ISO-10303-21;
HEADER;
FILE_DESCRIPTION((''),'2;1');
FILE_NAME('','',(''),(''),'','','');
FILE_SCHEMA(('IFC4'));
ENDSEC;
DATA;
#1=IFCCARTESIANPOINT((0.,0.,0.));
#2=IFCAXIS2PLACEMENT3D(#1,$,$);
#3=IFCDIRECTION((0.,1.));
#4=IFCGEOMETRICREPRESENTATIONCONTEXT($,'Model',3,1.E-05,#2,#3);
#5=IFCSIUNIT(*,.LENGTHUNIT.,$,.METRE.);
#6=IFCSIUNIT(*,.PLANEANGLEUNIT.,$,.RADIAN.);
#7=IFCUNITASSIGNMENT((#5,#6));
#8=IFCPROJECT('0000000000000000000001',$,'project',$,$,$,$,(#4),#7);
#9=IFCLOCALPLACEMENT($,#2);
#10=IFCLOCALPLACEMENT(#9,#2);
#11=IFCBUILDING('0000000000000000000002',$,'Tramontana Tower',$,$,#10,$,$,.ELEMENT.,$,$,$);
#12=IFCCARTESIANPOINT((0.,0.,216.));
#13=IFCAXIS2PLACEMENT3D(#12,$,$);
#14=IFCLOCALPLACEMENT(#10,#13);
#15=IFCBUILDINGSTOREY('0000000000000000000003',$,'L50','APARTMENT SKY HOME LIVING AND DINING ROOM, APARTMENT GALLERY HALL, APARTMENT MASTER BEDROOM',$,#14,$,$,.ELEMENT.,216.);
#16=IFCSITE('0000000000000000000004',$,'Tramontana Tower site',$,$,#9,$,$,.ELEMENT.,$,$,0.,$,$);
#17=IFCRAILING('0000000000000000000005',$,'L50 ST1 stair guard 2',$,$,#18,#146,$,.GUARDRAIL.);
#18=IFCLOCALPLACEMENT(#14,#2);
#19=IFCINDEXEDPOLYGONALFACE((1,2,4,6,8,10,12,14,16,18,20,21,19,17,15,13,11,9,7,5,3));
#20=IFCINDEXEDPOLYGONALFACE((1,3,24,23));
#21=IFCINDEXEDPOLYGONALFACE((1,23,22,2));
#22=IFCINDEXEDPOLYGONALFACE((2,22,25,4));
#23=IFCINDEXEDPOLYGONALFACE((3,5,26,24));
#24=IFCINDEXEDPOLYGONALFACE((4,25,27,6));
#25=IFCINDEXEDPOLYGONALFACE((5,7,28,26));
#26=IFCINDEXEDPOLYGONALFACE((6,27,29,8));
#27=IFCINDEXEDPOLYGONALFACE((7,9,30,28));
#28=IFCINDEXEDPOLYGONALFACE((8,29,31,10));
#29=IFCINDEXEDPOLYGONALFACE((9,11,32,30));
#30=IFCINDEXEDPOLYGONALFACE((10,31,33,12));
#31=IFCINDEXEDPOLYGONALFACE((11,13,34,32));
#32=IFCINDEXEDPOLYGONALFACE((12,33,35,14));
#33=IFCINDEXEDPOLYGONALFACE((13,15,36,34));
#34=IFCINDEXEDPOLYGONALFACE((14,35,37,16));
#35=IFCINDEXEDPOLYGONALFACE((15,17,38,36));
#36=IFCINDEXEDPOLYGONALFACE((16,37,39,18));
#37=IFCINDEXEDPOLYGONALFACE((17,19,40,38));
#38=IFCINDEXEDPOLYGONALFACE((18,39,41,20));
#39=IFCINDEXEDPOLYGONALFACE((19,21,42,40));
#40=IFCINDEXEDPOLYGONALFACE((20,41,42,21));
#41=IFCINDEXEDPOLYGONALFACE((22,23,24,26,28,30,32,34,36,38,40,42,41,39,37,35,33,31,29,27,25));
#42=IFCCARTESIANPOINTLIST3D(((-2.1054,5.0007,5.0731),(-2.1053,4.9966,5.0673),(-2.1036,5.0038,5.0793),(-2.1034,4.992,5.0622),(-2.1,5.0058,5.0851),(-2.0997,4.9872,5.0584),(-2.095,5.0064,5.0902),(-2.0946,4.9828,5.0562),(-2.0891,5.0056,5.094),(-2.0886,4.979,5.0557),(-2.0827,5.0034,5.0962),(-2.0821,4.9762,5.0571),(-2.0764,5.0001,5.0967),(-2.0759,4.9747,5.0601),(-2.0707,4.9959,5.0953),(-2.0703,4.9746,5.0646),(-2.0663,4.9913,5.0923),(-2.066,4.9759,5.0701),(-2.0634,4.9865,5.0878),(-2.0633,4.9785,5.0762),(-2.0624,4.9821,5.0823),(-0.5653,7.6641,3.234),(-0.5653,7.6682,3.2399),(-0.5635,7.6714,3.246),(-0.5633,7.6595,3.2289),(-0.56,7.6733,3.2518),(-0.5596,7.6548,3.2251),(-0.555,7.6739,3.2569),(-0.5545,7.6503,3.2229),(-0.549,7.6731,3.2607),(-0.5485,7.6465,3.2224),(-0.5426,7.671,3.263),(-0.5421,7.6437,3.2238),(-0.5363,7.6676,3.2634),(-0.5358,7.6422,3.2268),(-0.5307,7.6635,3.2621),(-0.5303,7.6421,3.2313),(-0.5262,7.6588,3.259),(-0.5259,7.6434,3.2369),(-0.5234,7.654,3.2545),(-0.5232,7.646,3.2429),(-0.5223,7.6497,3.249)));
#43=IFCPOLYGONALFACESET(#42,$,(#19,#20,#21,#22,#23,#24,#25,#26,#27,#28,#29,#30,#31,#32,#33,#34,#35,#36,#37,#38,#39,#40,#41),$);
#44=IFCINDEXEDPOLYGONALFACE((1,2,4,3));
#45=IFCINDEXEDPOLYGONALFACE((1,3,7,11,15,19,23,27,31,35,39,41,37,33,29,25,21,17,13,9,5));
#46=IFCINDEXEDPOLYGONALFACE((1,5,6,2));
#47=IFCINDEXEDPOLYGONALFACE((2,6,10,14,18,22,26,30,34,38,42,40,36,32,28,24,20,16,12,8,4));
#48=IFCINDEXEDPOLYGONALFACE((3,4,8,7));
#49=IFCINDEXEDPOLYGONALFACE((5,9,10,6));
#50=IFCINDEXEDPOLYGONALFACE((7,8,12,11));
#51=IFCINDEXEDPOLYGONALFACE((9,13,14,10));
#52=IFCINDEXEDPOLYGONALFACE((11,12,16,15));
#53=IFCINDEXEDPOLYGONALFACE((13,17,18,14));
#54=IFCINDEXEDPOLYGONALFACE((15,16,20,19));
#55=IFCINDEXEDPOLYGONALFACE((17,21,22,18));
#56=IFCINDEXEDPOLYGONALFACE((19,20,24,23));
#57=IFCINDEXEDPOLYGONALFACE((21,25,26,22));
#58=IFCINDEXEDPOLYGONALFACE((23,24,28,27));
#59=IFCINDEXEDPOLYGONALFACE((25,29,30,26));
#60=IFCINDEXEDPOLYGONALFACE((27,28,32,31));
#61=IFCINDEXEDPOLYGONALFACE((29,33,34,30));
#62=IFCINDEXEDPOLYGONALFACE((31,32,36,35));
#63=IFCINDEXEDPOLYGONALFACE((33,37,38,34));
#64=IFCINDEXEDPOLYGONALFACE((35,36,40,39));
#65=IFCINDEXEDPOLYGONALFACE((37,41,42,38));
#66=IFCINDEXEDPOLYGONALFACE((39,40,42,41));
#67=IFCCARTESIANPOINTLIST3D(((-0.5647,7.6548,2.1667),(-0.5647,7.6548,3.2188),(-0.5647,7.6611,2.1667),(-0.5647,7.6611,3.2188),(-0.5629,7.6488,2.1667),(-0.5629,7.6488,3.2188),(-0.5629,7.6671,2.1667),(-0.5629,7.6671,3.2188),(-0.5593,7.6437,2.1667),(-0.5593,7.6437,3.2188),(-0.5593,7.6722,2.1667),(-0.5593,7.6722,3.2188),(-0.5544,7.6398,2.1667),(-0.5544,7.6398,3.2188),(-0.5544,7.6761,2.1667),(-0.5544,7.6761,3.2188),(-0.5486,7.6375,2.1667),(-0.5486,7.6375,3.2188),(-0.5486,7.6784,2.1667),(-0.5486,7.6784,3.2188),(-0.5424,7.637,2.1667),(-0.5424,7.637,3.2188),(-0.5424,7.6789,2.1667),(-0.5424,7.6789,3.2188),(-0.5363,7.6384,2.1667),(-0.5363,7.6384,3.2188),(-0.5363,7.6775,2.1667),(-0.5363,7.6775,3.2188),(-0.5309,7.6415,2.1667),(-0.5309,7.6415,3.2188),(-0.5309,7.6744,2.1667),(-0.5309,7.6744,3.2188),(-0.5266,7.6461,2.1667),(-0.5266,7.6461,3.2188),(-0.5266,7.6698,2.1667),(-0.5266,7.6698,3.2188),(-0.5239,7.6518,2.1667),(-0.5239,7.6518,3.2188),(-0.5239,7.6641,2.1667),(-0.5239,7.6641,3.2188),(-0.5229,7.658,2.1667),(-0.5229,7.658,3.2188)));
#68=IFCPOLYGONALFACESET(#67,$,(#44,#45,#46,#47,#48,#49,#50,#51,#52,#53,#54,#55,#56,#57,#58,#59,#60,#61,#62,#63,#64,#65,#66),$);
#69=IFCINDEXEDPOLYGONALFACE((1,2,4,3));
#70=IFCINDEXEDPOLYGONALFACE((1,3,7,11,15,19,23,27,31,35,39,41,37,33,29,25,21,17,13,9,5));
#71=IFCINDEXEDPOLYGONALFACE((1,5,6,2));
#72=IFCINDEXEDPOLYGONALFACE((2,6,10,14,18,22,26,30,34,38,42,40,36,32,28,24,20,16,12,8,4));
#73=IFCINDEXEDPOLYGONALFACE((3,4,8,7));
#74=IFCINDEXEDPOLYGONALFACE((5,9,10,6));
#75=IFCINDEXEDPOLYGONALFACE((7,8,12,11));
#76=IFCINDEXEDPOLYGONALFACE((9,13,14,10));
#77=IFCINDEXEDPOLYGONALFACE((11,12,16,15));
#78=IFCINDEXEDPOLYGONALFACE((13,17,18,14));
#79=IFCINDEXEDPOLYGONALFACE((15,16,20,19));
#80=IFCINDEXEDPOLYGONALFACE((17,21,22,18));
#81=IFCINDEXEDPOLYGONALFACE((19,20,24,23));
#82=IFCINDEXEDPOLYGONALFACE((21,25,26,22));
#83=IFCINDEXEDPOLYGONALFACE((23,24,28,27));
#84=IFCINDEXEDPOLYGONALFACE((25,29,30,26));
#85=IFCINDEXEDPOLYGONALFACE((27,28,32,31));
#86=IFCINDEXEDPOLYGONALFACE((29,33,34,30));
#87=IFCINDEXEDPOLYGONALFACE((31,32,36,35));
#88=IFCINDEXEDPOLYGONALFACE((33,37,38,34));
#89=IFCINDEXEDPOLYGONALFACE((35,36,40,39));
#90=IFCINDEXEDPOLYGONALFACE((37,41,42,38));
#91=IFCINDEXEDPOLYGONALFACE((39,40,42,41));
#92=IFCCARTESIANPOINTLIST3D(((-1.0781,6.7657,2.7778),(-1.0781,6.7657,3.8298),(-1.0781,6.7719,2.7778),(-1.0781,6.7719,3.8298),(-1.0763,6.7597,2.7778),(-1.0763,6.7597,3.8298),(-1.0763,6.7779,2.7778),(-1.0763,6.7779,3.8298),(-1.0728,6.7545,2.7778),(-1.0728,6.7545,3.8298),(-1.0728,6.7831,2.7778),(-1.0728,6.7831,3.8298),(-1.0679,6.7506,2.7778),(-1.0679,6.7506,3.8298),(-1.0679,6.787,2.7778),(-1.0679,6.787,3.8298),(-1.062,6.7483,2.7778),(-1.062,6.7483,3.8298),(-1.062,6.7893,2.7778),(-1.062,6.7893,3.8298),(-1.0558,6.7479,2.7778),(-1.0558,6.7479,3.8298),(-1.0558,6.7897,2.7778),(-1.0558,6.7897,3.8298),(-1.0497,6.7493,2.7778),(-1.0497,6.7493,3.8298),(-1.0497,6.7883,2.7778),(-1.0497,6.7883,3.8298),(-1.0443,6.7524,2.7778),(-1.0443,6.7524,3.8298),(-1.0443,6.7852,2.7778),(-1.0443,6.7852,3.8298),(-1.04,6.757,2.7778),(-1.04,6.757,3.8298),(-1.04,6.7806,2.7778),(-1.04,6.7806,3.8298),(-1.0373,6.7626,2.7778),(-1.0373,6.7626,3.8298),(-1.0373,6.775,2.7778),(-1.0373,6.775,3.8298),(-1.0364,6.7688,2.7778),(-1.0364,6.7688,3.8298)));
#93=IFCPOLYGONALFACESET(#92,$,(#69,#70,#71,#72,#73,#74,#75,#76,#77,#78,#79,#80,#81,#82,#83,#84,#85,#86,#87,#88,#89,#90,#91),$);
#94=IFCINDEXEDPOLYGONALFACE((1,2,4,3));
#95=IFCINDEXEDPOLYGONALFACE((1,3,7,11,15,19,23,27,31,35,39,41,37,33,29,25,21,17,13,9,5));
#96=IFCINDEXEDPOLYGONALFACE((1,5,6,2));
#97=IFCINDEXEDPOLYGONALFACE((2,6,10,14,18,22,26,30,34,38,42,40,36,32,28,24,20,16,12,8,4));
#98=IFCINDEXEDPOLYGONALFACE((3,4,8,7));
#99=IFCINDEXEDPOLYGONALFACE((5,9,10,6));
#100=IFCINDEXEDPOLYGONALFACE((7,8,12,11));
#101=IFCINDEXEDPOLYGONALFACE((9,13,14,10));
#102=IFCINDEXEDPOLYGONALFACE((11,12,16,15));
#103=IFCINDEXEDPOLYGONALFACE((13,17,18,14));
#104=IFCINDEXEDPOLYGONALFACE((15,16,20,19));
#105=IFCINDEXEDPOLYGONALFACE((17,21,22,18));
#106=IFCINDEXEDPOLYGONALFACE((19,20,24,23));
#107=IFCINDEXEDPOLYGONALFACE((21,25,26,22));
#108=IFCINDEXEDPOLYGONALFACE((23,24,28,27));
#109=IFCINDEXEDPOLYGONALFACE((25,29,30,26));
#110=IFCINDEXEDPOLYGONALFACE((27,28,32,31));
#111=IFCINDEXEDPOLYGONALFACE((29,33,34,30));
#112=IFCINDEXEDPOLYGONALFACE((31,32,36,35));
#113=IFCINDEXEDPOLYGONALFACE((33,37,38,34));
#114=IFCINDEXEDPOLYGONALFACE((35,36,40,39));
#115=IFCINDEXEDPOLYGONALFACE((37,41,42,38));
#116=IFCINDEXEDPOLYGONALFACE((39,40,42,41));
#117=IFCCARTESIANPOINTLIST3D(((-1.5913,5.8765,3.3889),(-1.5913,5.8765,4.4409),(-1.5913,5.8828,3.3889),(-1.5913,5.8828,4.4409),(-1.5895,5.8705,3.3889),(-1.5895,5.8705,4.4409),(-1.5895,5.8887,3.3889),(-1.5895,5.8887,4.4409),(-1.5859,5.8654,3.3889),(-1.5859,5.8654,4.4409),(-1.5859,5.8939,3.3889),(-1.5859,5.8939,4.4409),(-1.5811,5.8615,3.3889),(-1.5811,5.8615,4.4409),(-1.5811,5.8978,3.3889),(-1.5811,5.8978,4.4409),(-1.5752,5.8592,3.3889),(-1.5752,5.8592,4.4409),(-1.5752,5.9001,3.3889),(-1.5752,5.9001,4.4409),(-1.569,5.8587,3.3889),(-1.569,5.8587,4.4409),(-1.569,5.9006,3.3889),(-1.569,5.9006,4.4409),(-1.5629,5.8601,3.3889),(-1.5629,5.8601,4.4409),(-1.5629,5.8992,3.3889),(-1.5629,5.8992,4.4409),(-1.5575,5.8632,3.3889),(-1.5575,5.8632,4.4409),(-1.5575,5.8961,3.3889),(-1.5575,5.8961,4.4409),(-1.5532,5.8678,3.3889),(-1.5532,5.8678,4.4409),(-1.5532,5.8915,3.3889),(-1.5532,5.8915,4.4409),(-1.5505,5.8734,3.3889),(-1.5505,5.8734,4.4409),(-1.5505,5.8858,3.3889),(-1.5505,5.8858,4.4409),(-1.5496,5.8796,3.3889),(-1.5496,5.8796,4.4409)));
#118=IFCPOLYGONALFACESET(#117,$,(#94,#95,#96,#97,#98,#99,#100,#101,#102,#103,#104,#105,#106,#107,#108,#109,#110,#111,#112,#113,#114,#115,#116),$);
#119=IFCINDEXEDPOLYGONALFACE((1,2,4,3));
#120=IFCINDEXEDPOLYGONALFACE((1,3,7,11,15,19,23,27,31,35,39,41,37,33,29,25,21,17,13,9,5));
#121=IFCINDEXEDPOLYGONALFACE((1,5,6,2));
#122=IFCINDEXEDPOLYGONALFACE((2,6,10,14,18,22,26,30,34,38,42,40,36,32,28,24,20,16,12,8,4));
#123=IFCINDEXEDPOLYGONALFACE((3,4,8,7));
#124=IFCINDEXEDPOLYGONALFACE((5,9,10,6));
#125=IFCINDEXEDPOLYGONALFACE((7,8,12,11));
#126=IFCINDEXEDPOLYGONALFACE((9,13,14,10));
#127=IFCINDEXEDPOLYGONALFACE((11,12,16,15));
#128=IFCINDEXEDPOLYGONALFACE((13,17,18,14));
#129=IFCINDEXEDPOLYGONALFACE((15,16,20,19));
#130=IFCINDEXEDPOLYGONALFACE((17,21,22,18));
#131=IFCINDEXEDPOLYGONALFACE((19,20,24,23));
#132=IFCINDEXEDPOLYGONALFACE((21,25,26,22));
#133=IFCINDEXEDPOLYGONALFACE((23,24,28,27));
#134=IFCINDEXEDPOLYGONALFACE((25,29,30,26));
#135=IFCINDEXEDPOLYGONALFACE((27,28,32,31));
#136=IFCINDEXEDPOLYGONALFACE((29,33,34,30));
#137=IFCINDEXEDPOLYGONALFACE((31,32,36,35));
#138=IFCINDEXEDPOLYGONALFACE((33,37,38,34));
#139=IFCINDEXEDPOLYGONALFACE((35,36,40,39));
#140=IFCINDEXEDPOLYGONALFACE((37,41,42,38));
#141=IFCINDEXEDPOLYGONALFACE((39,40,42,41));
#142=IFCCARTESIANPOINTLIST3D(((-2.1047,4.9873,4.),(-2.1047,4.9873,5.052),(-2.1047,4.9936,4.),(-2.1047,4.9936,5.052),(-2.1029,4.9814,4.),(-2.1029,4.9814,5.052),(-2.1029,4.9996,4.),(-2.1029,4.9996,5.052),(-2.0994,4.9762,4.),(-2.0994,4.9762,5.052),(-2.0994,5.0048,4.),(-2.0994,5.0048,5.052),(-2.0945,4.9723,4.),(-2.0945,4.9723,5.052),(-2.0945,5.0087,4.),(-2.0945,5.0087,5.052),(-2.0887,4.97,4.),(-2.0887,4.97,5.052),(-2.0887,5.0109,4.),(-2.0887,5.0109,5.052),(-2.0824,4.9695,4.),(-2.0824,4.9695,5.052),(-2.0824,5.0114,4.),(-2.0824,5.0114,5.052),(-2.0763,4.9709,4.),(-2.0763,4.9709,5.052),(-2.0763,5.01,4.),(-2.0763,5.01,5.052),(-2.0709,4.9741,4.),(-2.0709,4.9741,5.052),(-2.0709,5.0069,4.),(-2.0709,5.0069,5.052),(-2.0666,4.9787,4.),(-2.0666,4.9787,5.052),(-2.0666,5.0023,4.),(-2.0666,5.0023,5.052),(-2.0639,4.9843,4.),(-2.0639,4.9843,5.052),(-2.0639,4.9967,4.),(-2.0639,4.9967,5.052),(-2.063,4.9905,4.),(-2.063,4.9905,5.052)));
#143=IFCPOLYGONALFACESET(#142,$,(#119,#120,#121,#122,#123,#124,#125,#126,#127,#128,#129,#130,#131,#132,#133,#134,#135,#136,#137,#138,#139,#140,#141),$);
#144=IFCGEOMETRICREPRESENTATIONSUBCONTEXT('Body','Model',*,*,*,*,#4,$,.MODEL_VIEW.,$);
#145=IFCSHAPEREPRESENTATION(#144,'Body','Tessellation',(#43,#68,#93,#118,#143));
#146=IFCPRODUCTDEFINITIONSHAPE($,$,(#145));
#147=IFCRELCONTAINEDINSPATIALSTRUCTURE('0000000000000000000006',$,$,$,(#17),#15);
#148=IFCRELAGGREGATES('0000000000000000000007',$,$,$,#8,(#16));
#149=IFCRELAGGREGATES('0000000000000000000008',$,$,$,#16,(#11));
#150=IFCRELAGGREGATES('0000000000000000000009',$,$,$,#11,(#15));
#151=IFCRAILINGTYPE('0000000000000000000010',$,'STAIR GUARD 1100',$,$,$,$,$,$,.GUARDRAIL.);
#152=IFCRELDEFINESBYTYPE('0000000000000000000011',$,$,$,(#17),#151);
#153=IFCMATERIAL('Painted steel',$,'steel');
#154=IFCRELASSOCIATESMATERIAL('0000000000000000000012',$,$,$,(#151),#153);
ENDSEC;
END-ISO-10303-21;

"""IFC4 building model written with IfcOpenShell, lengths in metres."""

from ifc_helpers import new_model, si_unit, direction, frame, origin, origin_2d, place, context, subcontext, project, spatial, circle, extrude, material, type_object, element, save


model = new_model("IFC4")

# Units and contexts
model_context = context("Model", 3, precision=1e-05, world=origin(), true_north=direction((0.0, 1.0)))
body_context = subcontext(model_context, "Body", "Model", "MODEL_VIEW")
ifc_project = project(units=[si_unit("LENGTHUNIT", "METRE"), si_unit("PLANEANGLEUNIT", "RADIAN")], contexts=[model_context])

# Site, building, storey
site_placement = place(None, origin())
site = spatial("IfcSite", under=ifc_project, at=site_placement, Name="Tramontana Tower site", CompositionType="ELEMENT", RefElevation=0.0)
building_placement = place(site_placement, origin())
building = spatial("IfcBuilding", under=site, at=building_placement, Name="Tramontana Tower", CompositionType="ELEMENT")
storey_placement = place(building_placement, frame((0.0, 0.0, 216.0)))
storey = spatial("IfcBuildingStorey", under=building, at=storey_placement, Name="L50", Description="APARTMENT SKY HOME LIVING AND DINING ROOM, APARTMENT GALLERY HALL, APARTMENT MASTER BEDROOM", CompositionType="ELEMENT", Elevation=216.0)

# Railing
ifc_material_1 = material(Name="Painted steel", Category="steel")
railing_type_1 = type_object("IfcRailingType", Name="STAIR GUARD 1100", PredefinedType="GUARDRAIL", material=ifc_material_1)
railing_1_placement = place(storey_placement, frame((-0.5439, 7.658, 2.1667)))
element("IfcRailing", 1, at=railing_1_placement, inside=storey, type_object=railing_type_1, Name="L50 ST1 stair guard 2", PredefinedType="GUARDRAIL", context=body_context, shape_type="SweptSolid", body=[
    extrude(circle(Radius=0.0239, at=origin_2d()), frame((0.0, 0.0, 1.0762), z_axis=(-0.429649, -0.74419, 0.511452), x_axis=(0.86603, -0.499992, 0.0)), (0.0, 0.0, 1.0), 3.5845),
    extrude(circle(Radius=0.021, at=origin_2d()), origin(), (0.0, 0.0, 1.0), 1.052),
    extrude(circle(Radius=0.021, at=origin_2d()), frame((-0.5134, -0.8892, 0.6111)), (0.0, 0.0, 1.0), 1.052),
    extrude(circle(Radius=0.021, at=origin_2d()), frame((-1.0266, -1.7783, 1.2222)), (0.0, 0.0, 1.0), 1.052),
    extrude(circle(Radius=0.021, at=origin_2d()), frame((-1.54, -2.6675, 1.8333)), (0.0, 0.0, 1.0), 1.052),
])

save(model, "model.ifc")
